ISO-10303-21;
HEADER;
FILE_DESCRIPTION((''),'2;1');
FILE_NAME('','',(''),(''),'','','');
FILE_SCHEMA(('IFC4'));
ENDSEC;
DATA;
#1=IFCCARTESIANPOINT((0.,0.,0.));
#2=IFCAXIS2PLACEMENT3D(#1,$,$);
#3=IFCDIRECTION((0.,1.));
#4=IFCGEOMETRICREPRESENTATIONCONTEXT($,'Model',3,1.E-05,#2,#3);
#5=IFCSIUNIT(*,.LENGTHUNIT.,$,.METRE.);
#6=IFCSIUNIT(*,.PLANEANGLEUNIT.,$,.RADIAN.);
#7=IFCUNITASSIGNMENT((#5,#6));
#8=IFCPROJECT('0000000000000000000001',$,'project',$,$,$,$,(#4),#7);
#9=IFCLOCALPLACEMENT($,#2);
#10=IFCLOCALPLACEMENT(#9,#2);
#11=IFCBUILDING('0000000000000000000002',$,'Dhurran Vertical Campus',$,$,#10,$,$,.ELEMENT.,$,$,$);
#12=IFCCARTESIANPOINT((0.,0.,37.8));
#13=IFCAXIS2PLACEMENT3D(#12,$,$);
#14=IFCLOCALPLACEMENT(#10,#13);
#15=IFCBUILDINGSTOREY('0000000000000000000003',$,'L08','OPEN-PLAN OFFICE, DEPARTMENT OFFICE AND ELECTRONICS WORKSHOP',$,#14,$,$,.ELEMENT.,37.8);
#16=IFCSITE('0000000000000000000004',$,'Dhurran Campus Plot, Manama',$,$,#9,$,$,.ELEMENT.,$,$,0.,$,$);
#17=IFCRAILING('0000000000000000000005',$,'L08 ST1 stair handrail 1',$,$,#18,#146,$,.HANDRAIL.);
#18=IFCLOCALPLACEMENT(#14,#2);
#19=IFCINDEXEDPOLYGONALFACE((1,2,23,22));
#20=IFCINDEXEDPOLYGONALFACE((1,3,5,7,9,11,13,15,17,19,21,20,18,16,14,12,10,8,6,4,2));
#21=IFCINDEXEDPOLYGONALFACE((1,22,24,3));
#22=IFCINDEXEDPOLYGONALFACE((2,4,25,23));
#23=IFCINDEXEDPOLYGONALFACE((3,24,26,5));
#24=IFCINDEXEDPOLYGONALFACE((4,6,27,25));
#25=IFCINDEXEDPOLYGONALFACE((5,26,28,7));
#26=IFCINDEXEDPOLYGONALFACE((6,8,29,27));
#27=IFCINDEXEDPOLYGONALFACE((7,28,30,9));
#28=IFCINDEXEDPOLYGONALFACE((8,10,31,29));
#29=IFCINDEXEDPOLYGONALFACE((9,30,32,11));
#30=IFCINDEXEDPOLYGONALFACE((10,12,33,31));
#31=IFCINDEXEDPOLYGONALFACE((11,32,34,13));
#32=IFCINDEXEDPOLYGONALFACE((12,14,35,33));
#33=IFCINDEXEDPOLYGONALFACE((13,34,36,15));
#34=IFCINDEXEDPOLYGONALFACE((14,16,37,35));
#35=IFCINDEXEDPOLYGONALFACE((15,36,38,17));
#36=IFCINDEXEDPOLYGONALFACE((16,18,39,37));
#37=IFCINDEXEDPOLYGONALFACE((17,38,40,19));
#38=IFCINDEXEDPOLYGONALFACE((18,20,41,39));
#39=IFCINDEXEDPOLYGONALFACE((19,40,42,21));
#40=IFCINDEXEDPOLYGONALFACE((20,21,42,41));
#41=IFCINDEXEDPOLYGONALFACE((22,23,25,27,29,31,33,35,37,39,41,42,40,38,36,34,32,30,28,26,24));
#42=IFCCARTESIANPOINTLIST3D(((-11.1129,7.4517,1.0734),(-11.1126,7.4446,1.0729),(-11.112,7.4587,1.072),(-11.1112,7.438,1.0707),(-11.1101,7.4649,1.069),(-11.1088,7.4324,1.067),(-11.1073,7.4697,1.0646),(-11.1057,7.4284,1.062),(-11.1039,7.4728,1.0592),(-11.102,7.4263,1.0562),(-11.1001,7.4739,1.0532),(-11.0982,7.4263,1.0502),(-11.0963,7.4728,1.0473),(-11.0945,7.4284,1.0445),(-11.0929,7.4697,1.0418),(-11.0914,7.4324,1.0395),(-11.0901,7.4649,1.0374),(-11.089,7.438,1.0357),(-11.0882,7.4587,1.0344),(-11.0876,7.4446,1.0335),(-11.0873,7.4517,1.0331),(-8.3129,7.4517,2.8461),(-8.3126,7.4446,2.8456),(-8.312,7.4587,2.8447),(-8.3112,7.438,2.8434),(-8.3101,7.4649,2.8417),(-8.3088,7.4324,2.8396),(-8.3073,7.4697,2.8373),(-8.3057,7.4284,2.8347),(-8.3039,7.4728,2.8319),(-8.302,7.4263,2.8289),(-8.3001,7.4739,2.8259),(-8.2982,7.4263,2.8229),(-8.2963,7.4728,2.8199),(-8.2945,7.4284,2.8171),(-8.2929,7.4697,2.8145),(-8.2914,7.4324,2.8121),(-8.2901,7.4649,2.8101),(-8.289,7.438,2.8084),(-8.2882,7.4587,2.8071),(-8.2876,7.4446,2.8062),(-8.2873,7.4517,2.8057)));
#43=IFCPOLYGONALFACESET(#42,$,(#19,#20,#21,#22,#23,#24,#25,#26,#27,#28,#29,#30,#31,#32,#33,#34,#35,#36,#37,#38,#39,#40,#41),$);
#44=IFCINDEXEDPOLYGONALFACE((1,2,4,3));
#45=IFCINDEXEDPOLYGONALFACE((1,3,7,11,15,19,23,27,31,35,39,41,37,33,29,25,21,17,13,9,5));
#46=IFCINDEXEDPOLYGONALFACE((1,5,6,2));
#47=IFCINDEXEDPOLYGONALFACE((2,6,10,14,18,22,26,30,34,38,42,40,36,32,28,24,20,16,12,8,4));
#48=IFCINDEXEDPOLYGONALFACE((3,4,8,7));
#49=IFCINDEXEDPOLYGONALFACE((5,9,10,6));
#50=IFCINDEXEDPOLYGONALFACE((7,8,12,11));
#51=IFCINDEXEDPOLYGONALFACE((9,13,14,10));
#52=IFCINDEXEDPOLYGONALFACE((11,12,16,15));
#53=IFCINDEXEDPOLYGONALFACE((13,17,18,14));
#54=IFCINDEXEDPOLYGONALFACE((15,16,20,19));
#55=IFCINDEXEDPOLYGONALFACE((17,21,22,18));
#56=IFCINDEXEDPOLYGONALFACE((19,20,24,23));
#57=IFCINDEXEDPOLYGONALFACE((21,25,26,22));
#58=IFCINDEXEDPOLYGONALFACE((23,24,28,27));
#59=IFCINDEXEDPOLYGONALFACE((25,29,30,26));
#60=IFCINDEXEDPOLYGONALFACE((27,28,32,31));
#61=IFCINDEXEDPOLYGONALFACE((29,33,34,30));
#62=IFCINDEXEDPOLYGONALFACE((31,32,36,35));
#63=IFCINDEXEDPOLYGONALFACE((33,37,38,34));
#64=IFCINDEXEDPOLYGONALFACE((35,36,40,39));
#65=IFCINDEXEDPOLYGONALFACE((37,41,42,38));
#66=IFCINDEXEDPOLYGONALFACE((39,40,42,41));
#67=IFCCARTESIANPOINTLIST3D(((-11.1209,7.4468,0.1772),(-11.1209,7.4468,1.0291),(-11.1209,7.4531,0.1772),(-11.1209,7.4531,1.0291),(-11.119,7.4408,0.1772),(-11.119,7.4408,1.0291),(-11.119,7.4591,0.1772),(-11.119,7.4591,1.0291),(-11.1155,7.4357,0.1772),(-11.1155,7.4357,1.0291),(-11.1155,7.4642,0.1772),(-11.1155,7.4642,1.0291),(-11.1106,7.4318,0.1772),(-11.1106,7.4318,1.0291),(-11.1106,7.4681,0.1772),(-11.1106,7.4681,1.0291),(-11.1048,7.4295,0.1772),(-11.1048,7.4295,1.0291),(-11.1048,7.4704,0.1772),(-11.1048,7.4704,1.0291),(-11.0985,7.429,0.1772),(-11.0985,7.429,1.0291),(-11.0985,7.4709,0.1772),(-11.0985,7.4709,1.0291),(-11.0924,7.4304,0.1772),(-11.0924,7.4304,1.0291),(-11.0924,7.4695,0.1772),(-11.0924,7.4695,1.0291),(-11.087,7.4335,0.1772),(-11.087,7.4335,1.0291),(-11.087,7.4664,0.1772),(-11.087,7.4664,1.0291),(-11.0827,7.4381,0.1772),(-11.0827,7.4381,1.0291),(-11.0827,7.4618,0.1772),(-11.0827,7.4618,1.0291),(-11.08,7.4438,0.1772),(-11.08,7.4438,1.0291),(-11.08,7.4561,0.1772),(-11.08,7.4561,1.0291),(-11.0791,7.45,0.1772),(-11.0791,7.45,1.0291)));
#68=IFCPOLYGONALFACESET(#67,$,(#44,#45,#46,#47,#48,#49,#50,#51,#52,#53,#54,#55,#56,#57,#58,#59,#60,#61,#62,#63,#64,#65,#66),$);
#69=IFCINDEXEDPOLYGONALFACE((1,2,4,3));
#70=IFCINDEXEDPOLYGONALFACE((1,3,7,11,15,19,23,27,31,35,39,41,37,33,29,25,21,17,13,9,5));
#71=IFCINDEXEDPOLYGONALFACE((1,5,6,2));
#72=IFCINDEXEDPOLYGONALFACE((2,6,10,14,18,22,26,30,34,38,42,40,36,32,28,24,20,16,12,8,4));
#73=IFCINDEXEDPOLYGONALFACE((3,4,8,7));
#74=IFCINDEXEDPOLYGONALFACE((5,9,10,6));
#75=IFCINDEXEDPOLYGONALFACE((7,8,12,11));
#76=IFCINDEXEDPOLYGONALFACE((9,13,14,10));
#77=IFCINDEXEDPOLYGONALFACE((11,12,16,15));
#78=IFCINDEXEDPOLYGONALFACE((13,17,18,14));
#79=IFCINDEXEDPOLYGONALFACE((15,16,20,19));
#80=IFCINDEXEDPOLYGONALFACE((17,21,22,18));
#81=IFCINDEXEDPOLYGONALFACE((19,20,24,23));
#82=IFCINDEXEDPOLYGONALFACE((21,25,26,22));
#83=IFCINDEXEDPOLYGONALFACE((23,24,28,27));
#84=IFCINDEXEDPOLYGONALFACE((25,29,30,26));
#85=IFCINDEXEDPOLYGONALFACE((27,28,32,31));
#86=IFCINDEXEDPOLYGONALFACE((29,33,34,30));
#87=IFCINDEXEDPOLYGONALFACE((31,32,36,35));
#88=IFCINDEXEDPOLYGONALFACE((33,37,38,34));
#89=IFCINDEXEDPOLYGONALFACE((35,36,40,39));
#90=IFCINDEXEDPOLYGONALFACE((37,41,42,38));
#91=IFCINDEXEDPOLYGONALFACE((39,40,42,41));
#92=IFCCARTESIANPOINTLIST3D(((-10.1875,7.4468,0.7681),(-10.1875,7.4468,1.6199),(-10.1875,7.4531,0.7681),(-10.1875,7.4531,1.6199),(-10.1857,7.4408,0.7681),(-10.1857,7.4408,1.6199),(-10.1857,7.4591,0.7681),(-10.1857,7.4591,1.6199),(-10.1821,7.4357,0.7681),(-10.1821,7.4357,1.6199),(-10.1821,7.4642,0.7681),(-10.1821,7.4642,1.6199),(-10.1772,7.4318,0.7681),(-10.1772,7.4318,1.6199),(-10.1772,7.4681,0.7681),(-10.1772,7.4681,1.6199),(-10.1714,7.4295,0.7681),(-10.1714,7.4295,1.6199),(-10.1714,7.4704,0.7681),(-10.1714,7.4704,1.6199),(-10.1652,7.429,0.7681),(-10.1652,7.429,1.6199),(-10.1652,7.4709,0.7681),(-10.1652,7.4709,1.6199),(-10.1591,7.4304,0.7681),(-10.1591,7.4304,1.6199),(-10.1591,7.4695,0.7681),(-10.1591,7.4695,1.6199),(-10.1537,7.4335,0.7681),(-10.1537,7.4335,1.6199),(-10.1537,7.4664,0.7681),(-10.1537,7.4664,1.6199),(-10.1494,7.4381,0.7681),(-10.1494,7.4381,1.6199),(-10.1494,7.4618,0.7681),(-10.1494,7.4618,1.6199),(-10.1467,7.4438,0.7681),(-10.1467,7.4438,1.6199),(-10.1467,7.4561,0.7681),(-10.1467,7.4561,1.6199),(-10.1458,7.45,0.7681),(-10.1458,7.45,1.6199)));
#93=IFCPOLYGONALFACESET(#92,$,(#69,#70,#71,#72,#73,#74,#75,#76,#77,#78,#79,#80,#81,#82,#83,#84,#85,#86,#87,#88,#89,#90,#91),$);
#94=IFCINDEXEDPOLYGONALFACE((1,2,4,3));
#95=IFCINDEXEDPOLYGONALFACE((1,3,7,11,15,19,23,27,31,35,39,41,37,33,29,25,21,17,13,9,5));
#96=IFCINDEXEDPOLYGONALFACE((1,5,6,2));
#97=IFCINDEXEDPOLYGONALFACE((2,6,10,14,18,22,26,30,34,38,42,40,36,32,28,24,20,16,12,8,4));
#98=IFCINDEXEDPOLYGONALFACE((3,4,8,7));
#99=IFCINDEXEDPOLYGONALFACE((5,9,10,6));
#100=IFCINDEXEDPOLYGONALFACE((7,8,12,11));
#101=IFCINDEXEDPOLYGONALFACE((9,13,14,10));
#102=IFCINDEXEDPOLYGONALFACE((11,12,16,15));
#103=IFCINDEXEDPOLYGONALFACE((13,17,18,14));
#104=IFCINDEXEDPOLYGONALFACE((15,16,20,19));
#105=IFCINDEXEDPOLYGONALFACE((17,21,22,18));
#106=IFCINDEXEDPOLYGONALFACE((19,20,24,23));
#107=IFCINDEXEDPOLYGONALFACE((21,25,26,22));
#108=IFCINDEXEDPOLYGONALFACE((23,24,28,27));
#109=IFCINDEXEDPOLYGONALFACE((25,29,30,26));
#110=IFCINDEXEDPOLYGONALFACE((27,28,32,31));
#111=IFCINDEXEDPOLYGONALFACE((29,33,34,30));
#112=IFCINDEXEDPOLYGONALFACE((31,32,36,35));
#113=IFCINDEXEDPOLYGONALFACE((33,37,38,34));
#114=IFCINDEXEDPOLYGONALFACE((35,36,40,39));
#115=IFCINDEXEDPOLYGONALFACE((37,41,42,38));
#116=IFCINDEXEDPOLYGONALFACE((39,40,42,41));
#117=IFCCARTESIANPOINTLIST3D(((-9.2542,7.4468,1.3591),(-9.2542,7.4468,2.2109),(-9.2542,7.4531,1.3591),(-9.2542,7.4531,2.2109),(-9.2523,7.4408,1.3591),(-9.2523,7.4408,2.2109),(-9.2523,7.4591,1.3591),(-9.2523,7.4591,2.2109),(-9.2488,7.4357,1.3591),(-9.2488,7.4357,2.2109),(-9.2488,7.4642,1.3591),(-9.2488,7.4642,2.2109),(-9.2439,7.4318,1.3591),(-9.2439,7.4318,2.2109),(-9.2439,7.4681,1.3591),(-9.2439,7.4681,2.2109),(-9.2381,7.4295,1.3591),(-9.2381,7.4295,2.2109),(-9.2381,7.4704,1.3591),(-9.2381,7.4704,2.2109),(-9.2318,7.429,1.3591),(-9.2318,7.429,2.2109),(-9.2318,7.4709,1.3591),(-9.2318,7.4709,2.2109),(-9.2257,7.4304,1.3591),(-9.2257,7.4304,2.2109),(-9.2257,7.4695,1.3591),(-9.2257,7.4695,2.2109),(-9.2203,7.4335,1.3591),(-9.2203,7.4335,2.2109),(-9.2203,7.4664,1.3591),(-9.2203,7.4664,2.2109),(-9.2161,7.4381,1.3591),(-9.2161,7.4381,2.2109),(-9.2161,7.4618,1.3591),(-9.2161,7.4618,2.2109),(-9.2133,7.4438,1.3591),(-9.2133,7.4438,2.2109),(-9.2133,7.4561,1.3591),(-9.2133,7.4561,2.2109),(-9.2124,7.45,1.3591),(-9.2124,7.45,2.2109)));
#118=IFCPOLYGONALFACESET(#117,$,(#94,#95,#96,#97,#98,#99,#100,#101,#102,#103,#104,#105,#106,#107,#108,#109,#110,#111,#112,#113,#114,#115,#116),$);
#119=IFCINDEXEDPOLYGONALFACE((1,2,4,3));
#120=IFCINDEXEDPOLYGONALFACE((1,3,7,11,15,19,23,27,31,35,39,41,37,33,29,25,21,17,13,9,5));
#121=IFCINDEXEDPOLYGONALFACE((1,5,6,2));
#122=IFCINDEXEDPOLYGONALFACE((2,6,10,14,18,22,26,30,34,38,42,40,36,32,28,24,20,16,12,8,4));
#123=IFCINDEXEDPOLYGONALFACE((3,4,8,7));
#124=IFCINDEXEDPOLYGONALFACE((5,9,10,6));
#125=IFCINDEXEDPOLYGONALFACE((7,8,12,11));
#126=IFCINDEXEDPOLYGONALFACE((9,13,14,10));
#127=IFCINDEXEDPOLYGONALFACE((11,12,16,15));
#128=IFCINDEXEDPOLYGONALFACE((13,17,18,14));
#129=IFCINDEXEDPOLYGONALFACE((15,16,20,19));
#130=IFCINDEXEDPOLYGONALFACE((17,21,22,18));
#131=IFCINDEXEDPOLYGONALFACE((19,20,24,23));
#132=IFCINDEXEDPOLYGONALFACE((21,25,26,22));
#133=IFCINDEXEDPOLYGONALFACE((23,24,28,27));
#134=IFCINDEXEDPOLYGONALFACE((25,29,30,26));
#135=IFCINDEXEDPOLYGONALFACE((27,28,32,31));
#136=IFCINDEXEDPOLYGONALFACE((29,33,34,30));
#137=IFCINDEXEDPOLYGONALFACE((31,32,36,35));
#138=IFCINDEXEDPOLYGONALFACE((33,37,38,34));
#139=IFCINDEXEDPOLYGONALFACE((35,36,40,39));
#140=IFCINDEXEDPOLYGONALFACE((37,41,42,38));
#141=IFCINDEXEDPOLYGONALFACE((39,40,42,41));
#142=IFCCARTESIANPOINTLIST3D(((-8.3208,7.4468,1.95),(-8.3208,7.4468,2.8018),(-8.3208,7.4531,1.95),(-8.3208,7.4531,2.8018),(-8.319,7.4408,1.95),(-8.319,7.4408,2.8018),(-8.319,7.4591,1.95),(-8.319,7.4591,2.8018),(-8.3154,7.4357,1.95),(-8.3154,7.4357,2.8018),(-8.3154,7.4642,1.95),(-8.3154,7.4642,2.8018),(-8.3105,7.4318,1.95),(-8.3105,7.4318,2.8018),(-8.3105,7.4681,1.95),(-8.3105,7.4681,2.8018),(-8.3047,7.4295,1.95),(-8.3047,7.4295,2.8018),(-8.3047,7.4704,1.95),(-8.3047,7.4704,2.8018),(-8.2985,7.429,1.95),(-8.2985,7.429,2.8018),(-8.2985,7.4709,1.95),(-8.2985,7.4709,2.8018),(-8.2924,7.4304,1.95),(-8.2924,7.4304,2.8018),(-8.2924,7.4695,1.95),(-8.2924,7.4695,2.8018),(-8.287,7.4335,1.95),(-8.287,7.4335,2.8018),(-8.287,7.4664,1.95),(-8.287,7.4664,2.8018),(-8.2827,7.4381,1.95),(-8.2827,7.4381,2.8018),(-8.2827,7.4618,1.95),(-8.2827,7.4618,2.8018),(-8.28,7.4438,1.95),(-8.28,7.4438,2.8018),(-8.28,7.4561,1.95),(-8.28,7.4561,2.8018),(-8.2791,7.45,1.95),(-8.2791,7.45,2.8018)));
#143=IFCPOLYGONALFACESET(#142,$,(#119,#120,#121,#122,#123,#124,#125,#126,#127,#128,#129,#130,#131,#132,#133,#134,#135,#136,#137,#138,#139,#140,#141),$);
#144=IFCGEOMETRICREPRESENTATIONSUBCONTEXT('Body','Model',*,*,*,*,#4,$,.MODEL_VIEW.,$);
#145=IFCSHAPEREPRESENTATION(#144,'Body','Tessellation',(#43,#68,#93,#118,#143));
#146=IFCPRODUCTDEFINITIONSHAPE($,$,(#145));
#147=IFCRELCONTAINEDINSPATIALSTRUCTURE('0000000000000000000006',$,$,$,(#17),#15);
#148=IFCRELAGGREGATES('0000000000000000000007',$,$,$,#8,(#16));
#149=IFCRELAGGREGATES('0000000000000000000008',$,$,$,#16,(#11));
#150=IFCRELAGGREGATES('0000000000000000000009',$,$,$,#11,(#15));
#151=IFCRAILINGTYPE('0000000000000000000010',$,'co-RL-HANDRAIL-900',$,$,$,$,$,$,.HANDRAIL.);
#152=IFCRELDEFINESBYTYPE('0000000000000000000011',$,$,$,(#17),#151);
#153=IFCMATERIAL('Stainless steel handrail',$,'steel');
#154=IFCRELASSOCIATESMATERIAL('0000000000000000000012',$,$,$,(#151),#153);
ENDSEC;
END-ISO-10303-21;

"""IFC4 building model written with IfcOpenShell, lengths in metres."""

from ifc_helpers import new_model, si_unit, direction, frame, origin, origin_2d, place, context, subcontext, project, spatial, circle, extrude, material, type_object, element, save


model = new_model("IFC4")

# Units and contexts
model_context = context("Model", 3, precision=1e-05, world=origin(), true_north=direction((0.0, 1.0)))
body_context = subcontext(model_context, "Body", "Model", "MODEL_VIEW")
ifc_project = project(units=[si_unit("LENGTHUNIT", "METRE"), si_unit("PLANEANGLEUNIT", "RADIAN")], contexts=[model_context])

# Site, building, storey
site_placement = place(None, origin())
site = spatial("IfcSite", under=ifc_project, at=site_placement, Name="Dhurran Campus Plot, Manama", CompositionType="ELEMENT", RefElevation=0.0)
building_placement = place(site_placement, origin())
building = spatial("IfcBuilding", under=site, at=building_placement, Name="Dhurran Vertical Campus", CompositionType="ELEMENT")
storey_placement = place(building_placement, frame((0.0, 0.0, 37.8)))
storey = spatial("IfcBuildingStorey", under=building, at=storey_placement, Name="L08", Description="OPEN-PLAN OFFICE, DEPARTMENT OFFICE AND ELECTRONICS WORKSHOP", CompositionType="ELEMENT", Elevation=37.8)

# Railing
ifc_material_1 = material(Name="Stainless steel handrail", Category="steel")
railing_type_1 = type_object("IfcRailingType", Name="co-RL-HANDRAIL-900", PredefinedType="HANDRAIL", material=ifc_material_1)
railing_1_placement = place(storey_placement, frame((-11.1001, 7.45, 0.1772)))
element("IfcRailing", 1, at=railing_1_placement, inside=storey, type_object=railing_type_1, Name="L08 ST1 stair handrail 1", PredefinedType="HANDRAIL", context=body_context, shape_type="SweptSolid", body=[
    extrude(circle(Radius=0.0239, at=origin_2d()), frame((0.0, 0.0, 0.876), z_axis=(0.844909, 0.0, 0.53491), x_axis=(0.0, 1.0, 0.0)), (0.0, 0.0, 1.0), 3.314),
    extrude(circle(Radius=0.021, at=origin_2d()), origin(), (0.0, 0.0, 1.0), 0.8518),
    extrude(circle(Radius=0.021, at=origin_2d()), frame((0.9333, 0.0, 0.5908)), (0.0, 0.0, 1.0), 0.8518),
    extrude(circle(Radius=0.021, at=origin_2d()), frame((1.8667, 0.0, 1.1819)), (0.0, 0.0, 1.0), 0.8518),
    extrude(circle(Radius=0.021, at=origin_2d()), frame((2.8, 0.0, 1.7727)), (0.0, 0.0, 1.0), 0.8518),
])

save(model, "model.ifc")
